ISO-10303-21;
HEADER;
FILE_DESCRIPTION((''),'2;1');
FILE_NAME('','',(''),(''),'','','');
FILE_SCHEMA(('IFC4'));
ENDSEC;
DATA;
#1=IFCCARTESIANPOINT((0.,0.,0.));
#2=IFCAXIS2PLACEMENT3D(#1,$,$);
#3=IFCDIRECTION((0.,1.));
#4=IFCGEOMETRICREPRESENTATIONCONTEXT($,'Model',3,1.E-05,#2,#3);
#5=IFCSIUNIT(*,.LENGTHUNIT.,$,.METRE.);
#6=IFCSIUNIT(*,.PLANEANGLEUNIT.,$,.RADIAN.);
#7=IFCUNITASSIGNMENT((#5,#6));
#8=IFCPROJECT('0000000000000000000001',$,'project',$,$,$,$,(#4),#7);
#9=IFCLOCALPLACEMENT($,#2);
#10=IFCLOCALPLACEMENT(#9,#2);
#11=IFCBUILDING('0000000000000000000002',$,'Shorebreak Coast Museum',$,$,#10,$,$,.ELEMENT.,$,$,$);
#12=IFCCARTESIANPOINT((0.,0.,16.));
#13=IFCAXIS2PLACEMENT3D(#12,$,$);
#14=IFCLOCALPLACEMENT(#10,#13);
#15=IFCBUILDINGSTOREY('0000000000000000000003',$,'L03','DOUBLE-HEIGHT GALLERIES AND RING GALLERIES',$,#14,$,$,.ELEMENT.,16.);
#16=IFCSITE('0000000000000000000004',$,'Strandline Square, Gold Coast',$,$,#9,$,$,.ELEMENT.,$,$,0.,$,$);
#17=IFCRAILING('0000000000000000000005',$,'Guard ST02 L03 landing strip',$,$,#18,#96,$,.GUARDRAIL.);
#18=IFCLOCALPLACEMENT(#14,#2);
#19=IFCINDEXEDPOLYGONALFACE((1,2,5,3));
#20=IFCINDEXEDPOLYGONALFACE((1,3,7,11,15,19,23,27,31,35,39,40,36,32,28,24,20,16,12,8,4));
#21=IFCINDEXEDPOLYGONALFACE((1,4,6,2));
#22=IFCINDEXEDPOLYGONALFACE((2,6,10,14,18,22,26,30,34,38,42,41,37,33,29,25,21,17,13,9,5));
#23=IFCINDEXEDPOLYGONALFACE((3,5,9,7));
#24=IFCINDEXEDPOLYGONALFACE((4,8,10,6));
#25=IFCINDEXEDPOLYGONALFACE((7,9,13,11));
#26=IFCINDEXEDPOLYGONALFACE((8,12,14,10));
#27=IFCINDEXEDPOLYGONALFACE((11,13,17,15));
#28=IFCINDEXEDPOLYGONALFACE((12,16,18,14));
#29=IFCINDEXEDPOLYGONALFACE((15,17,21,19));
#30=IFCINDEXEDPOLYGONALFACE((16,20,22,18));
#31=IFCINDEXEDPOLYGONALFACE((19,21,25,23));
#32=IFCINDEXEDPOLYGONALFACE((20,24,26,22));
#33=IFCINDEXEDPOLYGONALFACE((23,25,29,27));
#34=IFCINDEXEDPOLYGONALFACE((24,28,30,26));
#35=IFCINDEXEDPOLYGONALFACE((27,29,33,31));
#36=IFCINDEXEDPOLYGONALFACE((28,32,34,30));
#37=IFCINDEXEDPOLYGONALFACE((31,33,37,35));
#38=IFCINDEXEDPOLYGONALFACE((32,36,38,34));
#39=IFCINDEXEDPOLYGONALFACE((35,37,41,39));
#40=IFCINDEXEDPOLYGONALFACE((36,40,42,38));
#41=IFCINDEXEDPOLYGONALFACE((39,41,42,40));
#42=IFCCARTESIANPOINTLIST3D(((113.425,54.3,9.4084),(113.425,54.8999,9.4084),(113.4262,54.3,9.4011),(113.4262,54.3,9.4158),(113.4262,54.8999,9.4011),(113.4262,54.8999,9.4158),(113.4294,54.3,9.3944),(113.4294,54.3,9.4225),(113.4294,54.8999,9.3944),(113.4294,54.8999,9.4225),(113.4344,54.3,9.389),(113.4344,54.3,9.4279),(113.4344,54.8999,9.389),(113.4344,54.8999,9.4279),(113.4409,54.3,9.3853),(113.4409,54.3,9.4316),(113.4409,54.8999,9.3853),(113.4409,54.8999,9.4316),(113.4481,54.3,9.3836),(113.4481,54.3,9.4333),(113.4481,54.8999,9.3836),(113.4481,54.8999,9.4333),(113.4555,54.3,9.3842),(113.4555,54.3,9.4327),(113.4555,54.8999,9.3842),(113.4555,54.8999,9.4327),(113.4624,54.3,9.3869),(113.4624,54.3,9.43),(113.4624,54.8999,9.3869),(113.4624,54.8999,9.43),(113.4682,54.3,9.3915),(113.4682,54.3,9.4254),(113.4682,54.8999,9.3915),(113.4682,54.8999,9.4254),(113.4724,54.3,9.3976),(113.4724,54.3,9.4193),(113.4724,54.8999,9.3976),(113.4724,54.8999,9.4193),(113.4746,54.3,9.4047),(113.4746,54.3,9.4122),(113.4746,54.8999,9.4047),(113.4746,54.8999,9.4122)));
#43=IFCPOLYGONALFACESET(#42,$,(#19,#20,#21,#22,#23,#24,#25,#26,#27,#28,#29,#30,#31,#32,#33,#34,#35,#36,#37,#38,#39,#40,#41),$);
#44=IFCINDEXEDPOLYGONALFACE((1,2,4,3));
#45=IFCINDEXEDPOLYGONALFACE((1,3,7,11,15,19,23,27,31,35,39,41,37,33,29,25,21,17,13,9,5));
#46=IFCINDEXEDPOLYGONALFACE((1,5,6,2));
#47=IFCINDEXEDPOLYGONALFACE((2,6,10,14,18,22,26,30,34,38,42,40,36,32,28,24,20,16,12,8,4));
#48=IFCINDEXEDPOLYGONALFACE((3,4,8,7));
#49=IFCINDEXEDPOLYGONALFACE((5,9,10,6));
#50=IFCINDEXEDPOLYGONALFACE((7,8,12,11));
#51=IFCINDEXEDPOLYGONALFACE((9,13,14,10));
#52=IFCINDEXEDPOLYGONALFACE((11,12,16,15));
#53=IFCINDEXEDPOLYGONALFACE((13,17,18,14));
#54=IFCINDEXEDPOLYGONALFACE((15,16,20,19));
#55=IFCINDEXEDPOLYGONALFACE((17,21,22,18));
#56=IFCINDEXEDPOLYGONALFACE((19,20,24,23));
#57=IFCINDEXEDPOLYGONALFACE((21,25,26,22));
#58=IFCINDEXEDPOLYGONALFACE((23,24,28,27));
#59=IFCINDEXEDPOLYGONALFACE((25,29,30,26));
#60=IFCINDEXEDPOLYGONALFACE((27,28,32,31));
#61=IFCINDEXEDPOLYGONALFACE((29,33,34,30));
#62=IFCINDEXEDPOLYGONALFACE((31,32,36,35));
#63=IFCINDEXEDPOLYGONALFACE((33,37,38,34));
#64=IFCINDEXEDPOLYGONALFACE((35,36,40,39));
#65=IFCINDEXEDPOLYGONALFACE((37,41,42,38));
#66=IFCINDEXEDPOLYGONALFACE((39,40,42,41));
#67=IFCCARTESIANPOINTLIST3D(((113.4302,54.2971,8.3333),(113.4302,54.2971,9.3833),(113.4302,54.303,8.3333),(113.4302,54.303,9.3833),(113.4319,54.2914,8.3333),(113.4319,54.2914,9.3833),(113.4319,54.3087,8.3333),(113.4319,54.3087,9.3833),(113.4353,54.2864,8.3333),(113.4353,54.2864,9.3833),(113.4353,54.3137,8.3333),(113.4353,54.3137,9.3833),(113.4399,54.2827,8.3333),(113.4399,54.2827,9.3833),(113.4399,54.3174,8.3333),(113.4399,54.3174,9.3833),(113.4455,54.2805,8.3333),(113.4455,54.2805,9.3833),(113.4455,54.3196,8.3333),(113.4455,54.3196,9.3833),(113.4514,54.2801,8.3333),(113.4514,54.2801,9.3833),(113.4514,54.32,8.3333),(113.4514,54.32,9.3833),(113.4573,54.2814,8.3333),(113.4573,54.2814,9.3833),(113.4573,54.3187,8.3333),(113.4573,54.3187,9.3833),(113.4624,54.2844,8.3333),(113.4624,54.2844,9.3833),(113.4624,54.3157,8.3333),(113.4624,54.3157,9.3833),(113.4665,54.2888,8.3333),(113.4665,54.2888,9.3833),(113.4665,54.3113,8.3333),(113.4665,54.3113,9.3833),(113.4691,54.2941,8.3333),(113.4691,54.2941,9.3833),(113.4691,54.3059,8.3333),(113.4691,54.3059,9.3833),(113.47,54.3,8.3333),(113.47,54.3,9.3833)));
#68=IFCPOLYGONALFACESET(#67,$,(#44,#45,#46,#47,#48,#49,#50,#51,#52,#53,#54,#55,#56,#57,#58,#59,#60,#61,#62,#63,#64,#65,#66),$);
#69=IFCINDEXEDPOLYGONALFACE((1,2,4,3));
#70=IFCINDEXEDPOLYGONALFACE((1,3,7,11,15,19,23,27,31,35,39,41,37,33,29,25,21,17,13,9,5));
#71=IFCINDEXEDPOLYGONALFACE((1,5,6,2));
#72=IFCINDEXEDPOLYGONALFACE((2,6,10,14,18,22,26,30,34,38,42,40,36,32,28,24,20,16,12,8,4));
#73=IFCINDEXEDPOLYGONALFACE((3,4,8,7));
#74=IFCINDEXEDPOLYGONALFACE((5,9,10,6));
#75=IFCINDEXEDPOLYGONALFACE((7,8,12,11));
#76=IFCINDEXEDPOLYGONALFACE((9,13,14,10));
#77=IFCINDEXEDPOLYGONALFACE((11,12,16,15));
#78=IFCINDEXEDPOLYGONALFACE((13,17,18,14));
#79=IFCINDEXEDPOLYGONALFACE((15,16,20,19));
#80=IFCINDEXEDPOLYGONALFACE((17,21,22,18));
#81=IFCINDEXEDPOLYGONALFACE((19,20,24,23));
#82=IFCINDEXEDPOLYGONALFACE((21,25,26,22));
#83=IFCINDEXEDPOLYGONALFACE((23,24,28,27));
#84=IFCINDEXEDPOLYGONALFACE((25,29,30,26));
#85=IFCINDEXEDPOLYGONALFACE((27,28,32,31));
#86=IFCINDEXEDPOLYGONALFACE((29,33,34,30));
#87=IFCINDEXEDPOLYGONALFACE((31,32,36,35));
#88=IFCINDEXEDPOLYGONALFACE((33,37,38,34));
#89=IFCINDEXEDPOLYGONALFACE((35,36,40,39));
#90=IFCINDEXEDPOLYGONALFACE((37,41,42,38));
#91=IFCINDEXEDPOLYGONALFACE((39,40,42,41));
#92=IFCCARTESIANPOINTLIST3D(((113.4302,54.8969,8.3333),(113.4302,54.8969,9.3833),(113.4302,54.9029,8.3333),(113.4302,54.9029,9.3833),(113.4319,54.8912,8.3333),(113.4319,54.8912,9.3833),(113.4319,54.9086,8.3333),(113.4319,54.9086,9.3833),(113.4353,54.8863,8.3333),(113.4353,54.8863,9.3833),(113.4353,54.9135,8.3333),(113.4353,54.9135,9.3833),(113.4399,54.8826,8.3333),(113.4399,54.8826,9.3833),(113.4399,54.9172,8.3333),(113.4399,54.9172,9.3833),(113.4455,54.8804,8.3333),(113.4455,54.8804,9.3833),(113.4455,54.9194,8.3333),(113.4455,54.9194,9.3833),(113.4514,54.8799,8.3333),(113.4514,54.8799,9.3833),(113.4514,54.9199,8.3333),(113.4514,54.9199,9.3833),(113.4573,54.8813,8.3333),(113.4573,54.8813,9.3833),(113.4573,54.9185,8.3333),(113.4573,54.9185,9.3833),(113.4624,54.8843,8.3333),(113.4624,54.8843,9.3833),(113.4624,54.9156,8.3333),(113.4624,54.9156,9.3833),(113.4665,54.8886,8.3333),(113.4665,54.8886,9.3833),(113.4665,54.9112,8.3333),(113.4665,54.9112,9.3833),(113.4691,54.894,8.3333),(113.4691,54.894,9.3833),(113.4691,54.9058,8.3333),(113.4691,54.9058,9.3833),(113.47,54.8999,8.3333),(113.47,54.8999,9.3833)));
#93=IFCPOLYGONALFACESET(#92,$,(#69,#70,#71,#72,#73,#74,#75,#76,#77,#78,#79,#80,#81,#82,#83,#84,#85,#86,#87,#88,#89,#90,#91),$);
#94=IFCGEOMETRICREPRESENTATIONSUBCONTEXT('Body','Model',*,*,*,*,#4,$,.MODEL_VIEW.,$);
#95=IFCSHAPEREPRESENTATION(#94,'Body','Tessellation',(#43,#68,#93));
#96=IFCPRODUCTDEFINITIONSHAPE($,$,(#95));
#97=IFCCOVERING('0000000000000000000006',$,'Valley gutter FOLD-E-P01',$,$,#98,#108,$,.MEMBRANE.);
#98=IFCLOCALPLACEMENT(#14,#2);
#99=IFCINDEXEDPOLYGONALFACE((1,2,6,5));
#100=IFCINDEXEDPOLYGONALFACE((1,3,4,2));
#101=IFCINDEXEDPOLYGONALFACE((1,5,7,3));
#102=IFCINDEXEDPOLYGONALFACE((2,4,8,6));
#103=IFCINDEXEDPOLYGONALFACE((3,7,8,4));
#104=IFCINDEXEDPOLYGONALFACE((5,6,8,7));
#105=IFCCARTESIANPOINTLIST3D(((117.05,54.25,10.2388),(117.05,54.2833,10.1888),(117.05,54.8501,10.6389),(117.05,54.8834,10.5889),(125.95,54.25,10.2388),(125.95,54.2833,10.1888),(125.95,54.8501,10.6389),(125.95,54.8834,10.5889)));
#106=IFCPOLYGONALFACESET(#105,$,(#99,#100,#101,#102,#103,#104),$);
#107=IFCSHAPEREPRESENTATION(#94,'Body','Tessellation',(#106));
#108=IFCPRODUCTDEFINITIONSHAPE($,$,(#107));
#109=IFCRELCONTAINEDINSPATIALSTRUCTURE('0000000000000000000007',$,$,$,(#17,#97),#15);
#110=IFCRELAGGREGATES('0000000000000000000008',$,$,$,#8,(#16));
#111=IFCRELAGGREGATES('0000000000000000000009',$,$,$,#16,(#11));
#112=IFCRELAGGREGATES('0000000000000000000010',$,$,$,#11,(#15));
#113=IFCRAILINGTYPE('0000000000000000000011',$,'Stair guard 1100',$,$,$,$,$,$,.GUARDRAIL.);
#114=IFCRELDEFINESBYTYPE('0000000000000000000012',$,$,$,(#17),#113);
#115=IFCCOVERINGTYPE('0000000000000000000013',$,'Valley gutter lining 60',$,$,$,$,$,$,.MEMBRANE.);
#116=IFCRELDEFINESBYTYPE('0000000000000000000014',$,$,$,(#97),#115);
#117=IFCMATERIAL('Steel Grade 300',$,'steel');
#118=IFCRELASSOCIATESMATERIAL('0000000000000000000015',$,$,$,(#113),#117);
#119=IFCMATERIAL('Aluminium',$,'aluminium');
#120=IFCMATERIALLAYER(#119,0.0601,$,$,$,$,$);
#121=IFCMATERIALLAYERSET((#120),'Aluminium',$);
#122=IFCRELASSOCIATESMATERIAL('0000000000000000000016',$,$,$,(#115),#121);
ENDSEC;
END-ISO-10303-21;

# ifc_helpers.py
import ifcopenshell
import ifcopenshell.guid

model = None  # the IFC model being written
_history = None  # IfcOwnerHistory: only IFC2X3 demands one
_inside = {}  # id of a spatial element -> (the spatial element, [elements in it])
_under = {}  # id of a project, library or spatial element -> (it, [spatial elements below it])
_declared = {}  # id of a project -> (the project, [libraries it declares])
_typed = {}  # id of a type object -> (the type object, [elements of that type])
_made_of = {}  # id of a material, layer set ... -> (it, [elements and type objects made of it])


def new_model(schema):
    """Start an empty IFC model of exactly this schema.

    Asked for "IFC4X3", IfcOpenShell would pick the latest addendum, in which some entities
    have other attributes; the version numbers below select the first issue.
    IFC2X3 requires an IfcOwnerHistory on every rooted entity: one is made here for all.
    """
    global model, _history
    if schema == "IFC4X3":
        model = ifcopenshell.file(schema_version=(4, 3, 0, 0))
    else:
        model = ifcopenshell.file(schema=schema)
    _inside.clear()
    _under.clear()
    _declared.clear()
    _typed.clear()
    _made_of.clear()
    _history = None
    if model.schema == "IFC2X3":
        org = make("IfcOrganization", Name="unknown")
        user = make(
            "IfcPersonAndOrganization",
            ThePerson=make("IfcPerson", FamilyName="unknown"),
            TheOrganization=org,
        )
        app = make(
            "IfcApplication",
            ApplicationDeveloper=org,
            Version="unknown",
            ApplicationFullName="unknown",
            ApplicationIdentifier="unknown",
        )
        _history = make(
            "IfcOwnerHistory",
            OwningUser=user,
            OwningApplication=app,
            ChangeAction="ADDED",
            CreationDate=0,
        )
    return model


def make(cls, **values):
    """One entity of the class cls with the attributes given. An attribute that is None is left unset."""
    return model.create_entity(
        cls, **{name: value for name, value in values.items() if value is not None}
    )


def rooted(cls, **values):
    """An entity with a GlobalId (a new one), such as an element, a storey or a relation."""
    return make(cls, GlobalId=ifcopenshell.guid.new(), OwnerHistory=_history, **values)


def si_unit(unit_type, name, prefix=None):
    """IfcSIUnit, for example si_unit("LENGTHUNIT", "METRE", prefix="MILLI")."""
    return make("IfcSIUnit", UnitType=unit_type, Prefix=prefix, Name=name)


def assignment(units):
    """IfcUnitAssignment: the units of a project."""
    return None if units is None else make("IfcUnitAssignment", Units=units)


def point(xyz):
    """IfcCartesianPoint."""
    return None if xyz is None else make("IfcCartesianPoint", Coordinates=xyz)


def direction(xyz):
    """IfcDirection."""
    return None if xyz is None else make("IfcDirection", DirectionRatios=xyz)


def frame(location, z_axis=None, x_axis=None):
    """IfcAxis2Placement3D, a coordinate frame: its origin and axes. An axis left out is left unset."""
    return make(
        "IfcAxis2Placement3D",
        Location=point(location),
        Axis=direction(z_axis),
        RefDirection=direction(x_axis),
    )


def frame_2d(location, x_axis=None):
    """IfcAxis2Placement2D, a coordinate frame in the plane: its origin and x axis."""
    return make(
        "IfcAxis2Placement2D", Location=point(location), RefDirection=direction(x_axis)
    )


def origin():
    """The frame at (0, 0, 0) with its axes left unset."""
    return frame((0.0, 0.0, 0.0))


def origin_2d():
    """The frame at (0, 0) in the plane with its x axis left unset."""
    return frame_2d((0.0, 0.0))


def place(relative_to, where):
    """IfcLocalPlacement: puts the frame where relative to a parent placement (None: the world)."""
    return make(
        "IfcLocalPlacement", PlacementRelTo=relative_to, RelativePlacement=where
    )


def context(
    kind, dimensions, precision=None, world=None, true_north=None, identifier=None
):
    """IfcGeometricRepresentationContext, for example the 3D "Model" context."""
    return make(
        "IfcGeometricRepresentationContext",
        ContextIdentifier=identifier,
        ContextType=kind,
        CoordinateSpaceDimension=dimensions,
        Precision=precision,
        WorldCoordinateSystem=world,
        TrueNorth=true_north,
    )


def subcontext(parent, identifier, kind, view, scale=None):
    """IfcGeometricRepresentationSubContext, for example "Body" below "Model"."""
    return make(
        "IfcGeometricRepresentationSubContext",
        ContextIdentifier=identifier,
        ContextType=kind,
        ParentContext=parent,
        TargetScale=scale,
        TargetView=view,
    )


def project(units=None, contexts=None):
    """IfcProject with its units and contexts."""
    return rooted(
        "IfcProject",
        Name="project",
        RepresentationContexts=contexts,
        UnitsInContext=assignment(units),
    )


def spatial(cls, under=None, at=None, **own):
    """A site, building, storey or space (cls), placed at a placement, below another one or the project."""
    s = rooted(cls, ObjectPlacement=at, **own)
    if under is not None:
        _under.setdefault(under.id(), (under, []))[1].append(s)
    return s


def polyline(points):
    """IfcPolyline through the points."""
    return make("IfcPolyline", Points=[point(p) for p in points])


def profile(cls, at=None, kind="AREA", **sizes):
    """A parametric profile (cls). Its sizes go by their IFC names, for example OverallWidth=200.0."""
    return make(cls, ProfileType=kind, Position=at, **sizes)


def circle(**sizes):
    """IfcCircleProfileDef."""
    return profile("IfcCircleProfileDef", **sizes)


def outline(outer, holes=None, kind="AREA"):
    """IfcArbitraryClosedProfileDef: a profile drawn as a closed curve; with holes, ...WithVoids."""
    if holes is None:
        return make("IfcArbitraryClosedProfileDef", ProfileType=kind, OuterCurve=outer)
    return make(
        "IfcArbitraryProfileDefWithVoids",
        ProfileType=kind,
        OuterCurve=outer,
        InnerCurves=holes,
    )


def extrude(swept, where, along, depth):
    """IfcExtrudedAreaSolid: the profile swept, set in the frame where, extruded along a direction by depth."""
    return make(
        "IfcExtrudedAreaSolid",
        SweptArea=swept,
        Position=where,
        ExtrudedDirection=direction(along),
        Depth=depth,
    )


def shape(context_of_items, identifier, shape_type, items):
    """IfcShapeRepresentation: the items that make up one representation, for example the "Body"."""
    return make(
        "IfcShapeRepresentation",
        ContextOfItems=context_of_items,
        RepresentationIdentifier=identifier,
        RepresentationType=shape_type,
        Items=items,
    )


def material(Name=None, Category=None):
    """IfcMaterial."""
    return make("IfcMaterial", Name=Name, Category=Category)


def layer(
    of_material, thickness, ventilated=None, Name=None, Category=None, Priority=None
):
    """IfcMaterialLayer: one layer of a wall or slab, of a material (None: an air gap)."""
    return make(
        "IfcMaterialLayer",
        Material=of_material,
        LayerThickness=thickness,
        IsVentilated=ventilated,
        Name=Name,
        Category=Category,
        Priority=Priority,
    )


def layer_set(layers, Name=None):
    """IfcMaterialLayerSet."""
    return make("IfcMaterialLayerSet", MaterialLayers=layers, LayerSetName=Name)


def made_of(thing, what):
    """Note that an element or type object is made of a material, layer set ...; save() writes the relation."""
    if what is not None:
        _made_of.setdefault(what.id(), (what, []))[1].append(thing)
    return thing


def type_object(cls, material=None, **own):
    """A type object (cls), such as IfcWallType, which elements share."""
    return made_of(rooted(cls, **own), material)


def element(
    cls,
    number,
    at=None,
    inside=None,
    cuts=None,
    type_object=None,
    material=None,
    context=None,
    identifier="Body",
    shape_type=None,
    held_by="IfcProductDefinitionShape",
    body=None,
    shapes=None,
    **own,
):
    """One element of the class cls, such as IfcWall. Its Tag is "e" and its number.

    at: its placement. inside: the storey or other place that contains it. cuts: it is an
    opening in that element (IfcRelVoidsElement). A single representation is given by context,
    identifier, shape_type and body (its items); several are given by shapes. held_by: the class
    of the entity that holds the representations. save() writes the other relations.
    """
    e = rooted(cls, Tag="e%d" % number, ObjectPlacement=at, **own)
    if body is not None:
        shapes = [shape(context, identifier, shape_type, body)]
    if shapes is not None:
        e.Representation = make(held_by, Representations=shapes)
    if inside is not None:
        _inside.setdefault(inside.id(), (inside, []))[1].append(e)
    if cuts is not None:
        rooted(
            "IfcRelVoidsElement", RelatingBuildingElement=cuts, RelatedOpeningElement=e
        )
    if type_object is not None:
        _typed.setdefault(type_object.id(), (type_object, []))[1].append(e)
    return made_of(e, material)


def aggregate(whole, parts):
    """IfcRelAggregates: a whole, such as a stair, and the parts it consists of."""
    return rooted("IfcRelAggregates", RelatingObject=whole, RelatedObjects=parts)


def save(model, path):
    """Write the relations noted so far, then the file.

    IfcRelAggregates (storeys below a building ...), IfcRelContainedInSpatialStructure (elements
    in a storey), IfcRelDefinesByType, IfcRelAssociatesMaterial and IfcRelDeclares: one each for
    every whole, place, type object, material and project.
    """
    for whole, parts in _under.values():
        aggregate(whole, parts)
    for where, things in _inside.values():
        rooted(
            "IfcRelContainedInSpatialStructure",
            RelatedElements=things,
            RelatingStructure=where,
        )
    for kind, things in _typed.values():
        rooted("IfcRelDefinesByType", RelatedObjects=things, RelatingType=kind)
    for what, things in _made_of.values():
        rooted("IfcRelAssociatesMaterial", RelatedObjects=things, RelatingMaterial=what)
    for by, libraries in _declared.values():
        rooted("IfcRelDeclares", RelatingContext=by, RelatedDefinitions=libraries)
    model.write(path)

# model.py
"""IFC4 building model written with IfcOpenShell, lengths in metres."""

from ifc_helpers import new_model, si_unit, direction, frame, origin, origin_2d, place, context, subcontext, project, spatial, polyline, circle, outline, extrude, material, layer, layer_set, type_object, element, save


model = new_model("IFC4")

# Units and contexts
model_context = context("Model", 3, precision=1e-05, world=origin(), true_north=direction((0.0, 1.0)))
body_context = subcontext(model_context, "Body", "Model", "MODEL_VIEW")
ifc_project = project(units=[si_unit("LENGTHUNIT", "METRE"), si_unit("PLANEANGLEUNIT", "RADIAN")], contexts=[model_context])

# Site, building, storey
site_placement = place(None, origin())
site = spatial("IfcSite", under=ifc_project, at=site_placement, Name="Strandline Square, Gold Coast", CompositionType="ELEMENT", RefElevation=0.0)
building_placement = place(site_placement, origin())
building = spatial("IfcBuilding", under=site, at=building_placement, Name="Shorebreak Coast Museum", CompositionType="ELEMENT")
storey_placement = place(building_placement, frame((0.0, 0.0, 16.0)))
storey = spatial("IfcBuildingStorey", under=building, at=storey_placement, Name="L03", Description="DOUBLE-HEIGHT GALLERIES AND RING GALLERIES", CompositionType="ELEMENT", Elevation=16.0)

# Railing
ifc_material_1 = material(Name="Steel Grade 300", Category="steel")
railing_type_1 = type_object("IfcRailingType", Name="Stair guard 1100", PredefinedType="GUARDRAIL", material=ifc_material_1)
for number, where, name in (
    (1, (113.45, 54.3, 8.3333), "Guard ST02 L03 landing strip"),
):
    element("IfcRailing", number, at=place(storey_placement, frame(where)), inside=storey, type_object=railing_type_1, Name=name, PredefinedType="GUARDRAIL", context=body_context, shape_type="SweptSolid", body=[
        extrude(circle(Radius=0.0249, at=origin_2d()), frame((0.0, 0.0, 1.0752), z_axis=(0.0, 1.0, 0.0), x_axis=(-1.0, 0.0, 0.0)), (0.0, 0.0, 1.0), 0.5999),
        extrude(circle(Radius=0.02, at=origin_2d()), origin(), (0.0, 0.0, 1.0), 1.05),
        extrude(circle(Radius=0.02, at=origin_2d()), frame((0.0, 0.5999, 0.0)), (0.0, 0.0, 1.0), 1.05),
    ])

# Covering
ifc_material_2 = material(Name="Aluminium", Category="aluminium")
ifc_layer_1 = layer(ifc_material_2, 0.0601)
ifc_layer_set_1 = layer_set([ifc_layer_1], Name="Aluminium")
covering_type_1 = type_object("IfcCoveringType", Name="Valley gutter lining 60", PredefinedType="MEMBRANE", material=ifc_layer_set_1)
covering_1_placement = place(storey_placement, frame((117.05, 54.25, 10.2388), z_axis=(0.0, -0.554778, 0.831998), x_axis=(1.0, 0.0, 0.0)))
element("IfcCovering", 2, at=covering_1_placement, inside=storey, type_object=covering_type_1, Name="Valley gutter FOLD-E-P01", PredefinedType="MEMBRANE", context=body_context, shape_type="SweptSolid", body=[
    extrude(outline(polyline([(0.0, 0.0), (8.8999, 0.0), (8.8999, 0.7213), (0.0, 0.7213), (0.0, 0.0)])), origin(), (0.0, 0.0, -1.0), 0.0601),
])

save(model, "model.ifc")
